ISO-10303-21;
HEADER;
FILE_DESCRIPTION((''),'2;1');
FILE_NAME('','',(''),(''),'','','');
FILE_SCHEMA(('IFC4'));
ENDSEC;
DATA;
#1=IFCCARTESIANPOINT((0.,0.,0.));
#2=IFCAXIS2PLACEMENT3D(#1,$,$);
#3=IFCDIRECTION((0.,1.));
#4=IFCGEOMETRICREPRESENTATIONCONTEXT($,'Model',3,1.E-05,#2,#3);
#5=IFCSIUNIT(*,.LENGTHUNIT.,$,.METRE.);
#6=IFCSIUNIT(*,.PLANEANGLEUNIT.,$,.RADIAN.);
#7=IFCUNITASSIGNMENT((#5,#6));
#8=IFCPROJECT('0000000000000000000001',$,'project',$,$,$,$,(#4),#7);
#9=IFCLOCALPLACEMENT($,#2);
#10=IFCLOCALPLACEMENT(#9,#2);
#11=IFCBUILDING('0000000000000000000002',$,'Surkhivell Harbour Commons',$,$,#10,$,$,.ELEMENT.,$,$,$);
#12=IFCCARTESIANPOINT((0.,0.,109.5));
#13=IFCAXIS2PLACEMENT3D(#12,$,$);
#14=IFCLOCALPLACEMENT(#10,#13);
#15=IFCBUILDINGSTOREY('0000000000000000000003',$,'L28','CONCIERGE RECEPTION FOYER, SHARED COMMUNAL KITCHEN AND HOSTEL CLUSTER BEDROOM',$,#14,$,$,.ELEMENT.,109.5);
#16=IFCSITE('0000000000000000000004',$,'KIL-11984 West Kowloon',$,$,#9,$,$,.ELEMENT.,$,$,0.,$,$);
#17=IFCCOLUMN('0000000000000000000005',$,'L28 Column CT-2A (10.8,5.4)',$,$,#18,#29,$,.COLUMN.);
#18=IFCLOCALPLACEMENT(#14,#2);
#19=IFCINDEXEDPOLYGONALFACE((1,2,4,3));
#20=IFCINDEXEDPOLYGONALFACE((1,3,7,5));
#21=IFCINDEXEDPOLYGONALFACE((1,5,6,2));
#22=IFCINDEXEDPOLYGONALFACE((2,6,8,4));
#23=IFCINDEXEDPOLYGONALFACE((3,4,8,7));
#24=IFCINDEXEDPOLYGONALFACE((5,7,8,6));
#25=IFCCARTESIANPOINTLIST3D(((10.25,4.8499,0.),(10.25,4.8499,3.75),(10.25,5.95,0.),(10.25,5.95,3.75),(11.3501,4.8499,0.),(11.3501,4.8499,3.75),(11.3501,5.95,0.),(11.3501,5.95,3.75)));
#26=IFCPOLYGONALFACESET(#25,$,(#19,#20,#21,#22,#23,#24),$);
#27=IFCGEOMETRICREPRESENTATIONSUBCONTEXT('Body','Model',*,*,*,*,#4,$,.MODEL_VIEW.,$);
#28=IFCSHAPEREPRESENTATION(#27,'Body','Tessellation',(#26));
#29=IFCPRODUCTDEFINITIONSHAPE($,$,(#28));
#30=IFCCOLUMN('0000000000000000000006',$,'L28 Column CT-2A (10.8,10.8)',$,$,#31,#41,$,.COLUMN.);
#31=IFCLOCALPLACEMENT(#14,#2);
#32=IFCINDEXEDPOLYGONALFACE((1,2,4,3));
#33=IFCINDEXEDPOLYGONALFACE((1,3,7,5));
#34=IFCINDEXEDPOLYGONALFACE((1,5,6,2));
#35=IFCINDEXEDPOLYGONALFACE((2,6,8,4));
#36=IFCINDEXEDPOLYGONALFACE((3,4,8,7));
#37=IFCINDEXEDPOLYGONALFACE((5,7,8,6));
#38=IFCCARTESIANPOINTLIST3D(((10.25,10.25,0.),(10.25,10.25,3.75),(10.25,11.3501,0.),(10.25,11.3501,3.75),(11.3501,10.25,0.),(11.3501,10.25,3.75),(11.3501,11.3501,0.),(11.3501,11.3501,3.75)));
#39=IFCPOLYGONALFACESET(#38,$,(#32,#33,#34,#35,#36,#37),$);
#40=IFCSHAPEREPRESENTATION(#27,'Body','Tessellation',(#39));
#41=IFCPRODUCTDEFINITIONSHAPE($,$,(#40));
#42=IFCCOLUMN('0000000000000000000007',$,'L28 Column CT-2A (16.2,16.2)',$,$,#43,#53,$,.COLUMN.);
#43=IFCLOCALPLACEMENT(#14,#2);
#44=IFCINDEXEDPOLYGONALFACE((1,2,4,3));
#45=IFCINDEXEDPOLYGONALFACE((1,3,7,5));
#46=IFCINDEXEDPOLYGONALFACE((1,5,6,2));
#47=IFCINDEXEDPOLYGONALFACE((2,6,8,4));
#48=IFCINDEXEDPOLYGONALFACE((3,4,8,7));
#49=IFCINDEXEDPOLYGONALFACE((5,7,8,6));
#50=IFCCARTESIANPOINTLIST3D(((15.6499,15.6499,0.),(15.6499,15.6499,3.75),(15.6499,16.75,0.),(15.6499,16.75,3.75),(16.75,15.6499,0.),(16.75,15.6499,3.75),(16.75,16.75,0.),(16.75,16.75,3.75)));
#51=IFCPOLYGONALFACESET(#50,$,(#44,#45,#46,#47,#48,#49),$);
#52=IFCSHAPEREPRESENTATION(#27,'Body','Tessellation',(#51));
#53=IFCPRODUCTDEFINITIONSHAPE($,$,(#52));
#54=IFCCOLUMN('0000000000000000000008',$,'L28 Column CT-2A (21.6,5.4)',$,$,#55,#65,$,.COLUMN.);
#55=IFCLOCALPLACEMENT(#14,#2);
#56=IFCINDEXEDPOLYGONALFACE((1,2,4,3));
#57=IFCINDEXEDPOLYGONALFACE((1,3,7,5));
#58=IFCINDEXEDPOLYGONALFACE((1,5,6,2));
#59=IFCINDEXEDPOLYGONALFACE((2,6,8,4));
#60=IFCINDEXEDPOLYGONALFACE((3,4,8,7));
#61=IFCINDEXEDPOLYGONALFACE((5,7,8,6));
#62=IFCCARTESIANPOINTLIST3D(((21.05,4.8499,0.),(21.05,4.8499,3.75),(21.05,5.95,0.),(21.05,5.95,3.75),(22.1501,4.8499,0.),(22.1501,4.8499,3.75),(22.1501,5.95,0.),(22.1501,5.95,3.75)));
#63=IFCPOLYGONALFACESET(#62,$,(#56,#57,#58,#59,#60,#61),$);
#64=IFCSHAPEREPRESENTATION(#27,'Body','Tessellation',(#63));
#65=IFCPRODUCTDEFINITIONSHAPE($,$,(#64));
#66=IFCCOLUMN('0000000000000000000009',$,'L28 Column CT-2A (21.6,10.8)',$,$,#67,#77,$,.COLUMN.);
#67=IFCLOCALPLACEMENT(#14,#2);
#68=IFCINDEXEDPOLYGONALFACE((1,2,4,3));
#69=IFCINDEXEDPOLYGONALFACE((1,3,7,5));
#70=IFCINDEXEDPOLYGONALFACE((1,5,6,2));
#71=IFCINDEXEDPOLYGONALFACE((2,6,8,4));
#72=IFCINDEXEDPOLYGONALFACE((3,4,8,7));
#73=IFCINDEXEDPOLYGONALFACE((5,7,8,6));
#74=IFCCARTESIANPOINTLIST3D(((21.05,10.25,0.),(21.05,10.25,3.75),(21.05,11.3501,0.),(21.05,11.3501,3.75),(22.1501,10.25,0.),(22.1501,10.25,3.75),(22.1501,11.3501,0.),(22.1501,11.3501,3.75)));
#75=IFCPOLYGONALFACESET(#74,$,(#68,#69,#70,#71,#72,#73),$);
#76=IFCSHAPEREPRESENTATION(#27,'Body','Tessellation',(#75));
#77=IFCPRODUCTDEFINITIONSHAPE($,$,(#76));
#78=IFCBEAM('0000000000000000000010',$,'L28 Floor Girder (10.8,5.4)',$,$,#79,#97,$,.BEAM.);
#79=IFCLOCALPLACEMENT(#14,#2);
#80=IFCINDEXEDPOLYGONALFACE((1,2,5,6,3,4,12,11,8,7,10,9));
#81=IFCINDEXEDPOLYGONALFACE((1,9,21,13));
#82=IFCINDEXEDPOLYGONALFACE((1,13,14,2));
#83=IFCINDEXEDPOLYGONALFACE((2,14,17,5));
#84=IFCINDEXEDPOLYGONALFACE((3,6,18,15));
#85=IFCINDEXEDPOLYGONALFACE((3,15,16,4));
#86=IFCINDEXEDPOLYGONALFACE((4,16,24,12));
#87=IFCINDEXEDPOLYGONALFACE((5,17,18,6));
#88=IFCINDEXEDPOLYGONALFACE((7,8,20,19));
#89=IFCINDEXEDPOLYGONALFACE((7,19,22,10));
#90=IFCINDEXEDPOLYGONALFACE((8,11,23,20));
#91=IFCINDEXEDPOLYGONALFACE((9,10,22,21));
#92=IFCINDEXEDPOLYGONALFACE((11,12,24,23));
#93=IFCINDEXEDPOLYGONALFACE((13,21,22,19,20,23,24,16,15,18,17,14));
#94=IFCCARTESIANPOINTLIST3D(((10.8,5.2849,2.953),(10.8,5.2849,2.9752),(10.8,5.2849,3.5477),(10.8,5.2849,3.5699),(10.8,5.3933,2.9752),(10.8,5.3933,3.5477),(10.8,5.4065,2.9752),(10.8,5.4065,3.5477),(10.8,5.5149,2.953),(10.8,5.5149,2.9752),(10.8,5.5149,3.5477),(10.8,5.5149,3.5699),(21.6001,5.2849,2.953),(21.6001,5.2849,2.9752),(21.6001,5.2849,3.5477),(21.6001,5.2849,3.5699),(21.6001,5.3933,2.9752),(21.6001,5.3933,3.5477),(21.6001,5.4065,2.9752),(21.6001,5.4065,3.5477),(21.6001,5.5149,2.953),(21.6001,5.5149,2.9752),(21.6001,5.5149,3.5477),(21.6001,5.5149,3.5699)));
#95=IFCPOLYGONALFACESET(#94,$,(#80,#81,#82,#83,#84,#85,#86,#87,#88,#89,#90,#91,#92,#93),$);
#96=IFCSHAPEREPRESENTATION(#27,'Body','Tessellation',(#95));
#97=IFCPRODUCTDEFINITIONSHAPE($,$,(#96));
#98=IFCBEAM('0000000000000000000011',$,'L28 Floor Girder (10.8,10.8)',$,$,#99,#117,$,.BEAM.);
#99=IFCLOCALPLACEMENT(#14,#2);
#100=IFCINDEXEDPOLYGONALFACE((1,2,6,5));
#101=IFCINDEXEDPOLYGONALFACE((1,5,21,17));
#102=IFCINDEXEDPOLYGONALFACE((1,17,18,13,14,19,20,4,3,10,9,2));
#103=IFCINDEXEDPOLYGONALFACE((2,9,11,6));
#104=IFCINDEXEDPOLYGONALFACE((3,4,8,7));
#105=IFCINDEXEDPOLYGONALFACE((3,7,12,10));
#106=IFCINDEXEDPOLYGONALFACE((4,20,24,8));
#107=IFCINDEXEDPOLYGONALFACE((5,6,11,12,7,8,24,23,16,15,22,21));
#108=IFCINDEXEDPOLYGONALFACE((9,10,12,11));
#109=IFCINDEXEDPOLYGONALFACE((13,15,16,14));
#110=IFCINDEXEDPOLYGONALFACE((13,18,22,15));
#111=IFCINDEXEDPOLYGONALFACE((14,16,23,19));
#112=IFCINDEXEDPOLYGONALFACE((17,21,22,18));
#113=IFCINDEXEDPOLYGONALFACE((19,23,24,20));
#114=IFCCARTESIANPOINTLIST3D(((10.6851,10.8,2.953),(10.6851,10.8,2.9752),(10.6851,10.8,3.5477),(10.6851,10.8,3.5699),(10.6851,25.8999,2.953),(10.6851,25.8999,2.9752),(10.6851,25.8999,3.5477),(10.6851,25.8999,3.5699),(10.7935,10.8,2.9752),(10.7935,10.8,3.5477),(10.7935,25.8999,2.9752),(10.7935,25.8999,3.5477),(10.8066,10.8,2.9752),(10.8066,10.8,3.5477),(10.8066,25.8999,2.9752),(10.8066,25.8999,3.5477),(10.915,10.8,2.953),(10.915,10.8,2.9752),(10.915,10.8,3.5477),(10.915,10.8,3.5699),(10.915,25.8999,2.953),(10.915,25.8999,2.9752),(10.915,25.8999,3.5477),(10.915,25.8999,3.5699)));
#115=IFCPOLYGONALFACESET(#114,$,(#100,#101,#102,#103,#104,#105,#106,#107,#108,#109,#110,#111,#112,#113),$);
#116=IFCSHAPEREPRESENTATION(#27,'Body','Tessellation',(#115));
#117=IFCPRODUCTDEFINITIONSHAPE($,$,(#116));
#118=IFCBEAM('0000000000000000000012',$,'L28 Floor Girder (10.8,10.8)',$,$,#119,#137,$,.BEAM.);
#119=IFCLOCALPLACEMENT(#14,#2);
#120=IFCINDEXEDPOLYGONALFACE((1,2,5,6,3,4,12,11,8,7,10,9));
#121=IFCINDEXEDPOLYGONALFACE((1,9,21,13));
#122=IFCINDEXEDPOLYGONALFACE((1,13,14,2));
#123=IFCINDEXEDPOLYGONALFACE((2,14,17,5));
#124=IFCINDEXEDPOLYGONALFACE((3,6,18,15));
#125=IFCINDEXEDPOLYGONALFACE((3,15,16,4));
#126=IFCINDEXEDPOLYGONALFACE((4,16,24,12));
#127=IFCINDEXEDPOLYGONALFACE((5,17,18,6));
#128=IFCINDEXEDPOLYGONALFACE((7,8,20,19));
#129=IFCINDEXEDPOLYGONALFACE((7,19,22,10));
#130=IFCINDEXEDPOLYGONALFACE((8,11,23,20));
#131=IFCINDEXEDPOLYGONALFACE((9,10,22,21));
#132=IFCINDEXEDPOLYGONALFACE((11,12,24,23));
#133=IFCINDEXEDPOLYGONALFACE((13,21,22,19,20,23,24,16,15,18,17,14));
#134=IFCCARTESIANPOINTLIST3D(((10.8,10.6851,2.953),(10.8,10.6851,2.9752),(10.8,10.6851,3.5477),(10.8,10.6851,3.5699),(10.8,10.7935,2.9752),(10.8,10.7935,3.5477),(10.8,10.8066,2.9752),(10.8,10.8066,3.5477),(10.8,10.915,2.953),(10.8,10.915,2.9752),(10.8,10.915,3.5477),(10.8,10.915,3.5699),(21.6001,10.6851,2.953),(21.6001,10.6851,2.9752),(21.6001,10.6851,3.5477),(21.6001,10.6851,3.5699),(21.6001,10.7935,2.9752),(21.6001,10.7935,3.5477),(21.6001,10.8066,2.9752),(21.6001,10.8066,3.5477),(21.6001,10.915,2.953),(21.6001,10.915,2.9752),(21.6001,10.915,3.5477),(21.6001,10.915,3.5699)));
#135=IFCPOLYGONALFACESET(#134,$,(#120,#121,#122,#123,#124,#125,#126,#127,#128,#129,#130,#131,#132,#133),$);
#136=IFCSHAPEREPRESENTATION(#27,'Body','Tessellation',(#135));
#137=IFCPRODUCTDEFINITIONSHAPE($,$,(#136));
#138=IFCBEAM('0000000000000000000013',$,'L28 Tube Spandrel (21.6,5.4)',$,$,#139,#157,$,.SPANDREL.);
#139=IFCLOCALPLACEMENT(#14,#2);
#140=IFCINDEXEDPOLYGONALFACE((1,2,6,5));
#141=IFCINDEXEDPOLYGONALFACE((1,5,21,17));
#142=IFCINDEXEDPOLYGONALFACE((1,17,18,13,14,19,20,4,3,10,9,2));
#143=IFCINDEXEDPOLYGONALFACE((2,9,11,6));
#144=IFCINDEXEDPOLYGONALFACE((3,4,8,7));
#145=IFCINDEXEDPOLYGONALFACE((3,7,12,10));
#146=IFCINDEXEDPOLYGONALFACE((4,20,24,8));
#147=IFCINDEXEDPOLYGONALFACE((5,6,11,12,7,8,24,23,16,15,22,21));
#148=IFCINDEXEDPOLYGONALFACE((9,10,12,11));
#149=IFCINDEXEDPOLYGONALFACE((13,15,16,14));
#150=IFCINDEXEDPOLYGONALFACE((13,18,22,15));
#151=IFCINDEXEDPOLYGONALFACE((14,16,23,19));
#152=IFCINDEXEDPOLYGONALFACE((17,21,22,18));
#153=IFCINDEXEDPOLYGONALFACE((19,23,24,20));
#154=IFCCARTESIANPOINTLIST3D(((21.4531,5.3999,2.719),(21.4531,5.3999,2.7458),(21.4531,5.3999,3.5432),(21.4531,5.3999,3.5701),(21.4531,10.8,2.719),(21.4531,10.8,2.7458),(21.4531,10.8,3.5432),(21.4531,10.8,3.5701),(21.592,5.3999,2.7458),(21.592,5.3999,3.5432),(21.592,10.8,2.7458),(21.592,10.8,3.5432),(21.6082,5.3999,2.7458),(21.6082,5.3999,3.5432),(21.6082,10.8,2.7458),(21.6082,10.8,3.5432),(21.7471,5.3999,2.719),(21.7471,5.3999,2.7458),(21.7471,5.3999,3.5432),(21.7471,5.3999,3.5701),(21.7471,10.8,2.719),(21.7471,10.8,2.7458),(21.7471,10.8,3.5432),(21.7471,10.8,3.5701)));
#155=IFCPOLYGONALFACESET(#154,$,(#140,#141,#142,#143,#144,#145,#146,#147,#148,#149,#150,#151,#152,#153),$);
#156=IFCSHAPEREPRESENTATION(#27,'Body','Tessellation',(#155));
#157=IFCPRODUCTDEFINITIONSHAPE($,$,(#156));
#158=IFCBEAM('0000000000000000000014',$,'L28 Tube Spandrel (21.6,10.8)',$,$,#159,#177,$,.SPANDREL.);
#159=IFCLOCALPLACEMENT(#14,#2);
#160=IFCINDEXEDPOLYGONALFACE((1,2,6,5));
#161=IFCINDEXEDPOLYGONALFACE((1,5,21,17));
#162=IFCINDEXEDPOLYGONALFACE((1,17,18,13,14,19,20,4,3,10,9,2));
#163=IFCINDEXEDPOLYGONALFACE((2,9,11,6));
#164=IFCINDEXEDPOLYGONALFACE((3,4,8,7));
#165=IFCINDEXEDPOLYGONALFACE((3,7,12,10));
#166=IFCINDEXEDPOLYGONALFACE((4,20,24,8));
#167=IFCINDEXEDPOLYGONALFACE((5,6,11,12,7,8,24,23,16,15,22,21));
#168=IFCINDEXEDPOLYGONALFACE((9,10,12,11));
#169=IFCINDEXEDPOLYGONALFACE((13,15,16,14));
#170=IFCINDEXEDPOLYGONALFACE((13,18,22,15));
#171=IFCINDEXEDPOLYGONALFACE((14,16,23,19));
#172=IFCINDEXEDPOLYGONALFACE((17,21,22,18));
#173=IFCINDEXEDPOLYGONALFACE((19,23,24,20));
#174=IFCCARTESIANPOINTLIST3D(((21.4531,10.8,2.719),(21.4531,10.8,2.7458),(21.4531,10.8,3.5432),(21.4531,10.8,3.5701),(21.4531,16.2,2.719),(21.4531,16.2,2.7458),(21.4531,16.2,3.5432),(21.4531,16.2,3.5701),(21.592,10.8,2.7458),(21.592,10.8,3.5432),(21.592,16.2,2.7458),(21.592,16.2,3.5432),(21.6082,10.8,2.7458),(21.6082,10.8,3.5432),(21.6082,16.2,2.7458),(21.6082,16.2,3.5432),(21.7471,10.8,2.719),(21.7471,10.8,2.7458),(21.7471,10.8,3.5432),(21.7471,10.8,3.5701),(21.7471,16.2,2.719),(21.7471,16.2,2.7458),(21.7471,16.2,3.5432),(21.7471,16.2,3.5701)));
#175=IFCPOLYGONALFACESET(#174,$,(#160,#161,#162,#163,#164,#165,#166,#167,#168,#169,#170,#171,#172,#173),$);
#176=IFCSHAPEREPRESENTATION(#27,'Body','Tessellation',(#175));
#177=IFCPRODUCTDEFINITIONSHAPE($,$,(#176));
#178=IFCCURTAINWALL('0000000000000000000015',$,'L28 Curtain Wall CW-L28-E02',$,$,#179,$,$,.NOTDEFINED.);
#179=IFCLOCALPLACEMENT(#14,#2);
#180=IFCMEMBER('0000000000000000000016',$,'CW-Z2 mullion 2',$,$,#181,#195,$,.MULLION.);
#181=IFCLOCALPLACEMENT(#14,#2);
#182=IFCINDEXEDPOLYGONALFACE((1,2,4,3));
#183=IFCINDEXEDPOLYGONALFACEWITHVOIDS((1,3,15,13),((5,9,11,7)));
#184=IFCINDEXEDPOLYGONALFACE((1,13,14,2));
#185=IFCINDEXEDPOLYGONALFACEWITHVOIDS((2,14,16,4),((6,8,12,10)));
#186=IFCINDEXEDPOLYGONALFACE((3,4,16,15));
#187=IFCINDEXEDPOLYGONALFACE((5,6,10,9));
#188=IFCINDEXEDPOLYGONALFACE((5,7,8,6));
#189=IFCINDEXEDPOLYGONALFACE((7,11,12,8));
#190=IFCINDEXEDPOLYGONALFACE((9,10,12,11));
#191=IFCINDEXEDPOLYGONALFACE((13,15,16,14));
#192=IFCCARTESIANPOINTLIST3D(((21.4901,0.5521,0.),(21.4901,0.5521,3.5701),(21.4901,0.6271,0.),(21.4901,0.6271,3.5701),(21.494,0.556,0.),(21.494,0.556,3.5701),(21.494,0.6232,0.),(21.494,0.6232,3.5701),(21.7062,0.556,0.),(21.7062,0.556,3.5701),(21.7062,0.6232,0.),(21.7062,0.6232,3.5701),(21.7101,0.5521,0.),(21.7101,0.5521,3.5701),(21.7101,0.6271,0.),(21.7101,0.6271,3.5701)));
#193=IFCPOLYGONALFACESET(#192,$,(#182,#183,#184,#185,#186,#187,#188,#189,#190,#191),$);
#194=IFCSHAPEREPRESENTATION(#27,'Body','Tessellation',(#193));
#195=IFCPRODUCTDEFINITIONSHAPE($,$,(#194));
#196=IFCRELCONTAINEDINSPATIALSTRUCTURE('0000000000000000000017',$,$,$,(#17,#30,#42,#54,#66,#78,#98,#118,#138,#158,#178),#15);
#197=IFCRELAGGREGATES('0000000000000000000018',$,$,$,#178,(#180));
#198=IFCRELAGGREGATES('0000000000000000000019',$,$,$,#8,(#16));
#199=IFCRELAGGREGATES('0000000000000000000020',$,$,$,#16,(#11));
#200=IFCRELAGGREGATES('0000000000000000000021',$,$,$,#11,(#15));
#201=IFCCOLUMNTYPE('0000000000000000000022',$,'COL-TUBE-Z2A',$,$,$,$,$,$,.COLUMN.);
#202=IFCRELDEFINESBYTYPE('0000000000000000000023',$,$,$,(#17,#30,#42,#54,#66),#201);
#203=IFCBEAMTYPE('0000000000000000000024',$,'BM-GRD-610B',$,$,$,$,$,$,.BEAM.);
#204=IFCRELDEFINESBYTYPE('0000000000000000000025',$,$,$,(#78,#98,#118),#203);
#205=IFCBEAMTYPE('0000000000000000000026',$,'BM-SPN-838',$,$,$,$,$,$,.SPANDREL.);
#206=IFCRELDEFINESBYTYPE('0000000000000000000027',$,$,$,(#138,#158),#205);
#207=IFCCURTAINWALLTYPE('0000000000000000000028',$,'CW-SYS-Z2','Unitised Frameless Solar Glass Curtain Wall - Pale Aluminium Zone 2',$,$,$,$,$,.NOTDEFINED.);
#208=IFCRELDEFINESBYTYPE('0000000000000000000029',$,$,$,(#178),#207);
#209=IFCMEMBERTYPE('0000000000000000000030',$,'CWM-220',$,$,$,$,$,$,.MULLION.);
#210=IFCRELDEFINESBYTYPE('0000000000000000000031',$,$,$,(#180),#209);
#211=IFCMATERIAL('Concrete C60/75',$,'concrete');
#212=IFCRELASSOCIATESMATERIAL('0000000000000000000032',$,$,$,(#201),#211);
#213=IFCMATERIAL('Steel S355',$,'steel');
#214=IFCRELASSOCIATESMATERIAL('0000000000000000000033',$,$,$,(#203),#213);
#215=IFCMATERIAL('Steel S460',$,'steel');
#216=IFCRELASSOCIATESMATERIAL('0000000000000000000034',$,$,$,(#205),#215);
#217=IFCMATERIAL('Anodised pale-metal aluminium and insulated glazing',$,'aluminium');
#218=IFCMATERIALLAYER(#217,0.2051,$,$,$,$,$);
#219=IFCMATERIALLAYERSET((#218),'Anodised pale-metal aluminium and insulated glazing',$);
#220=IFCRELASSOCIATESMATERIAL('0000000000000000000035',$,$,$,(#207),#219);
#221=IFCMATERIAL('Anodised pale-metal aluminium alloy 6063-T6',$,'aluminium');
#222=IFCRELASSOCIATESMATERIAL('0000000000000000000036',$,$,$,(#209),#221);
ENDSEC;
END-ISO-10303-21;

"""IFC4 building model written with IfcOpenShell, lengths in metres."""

from ifc_helpers import new_model, si_unit, direction, frame, origin, origin_2d, place, context, subcontext, project, spatial, rectangle, hollow_rectangle, i_section, extrude, material, layer, layer_set, material_profile, profile_set, type_object, element, aggregate, save


model = new_model("IFC4")

# Units and contexts
model_context = context("Model", 3, precision=1e-05, world=origin(), true_north=direction((0.0, 1.0)))
body_context = subcontext(model_context, "Body", "Model", "MODEL_VIEW")
ifc_project = project(units=[si_unit("LENGTHUNIT", "METRE"), si_unit("PLANEANGLEUNIT", "RADIAN")], contexts=[model_context])

# Site, building, storey
site_placement = place(None, origin())
site = spatial("IfcSite", under=ifc_project, at=site_placement, Name="KIL-11984 West Kowloon", CompositionType="ELEMENT", RefElevation=0.0)
building_placement = place(site_placement, origin())
building = spatial("IfcBuilding", under=site, at=building_placement, Name="Surkhivell Harbour Commons", CompositionType="ELEMENT")
storey_placement = place(building_placement, frame((0.0, 0.0, 109.5)))
storey = spatial("IfcBuildingStorey", under=building, at=storey_placement, Name="L28", Description="CONCIERGE RECEPTION FOYER, SHARED COMMUNAL KITCHEN AND HOSTEL CLUSTER BEDROOM", CompositionType="ELEMENT", Elevation=109.5)

# Columns
ifc_material_1 = material(Name="Concrete C60/75", Category="concrete")
ifc_material_profile_1 = material_profile(ifc_material_1, rectangle(XDim=1.1001, YDim=1.1001, at=origin_2d()), Name="RC-COL-1100x1100")
ifc_profile_set_1 = profile_set([ifc_material_profile_1], Name="Concrete C60/75")
column_type = type_object("IfcColumnType", Name="COL-TUBE-Z2A", PredefinedType="COLUMN", material=ifc_profile_set_1)
for number, where, z_axis, x_axis, name in (
    (1, (10.8, 5.3999, 0.0), (0.0, 0.0, 1.0), (1.0, 0.0, 0.0), "L28 Column CT-2A (10.8,5.4)"),
    (2, (10.8, 10.8, 0.0), (0.0, 0.0, 1.0), (1.0, 0.0, 0.0), "L28 Column CT-2A (10.8,10.8)"),
    (3, (16.2, 16.2, 0.0), (0.0, 0.0, 1.0), (1.0, 0.0, 0.0), "L28 Column CT-2A (16.2,16.2)"),
    (4, (21.6001, 5.3999, 0.0), (0.0, 0.0, 1.0), (1.0, 0.0, 0.0), "L28 Column CT-2A (21.6,5.4)"),
    (5, (21.6001, 10.8, 0.0), (0.0, 0.0, 1.0), (1.0, 0.0, 0.0), "L28 Column CT-2A (21.6,10.8)"),
):
    element("IfcColumn", number, at=place(storey_placement, frame(where, z_axis=z_axis, x_axis=x_axis)), inside=storey, type_object=column_type, Name=name, PredefinedType="COLUMN", context=body_context, shape_type="SweptSolid", body=[
        extrude(rectangle(XDim=1.1001, YDim=1.1001, at=origin_2d()), origin(), (0.0, 0.0, 1.0), 3.75),
    ])

# Beams
ifc_material_2 = material(Name="Steel S355", Category="steel")
ifc_material_profile_2 = material_profile(ifc_material_2, i_section(OverallWidth=0.23, OverallDepth=0.6169, WebThickness=0.0132, FlangeThickness=0.0222, at=origin_2d()), Name="UB610x229x140")
ifc_profile_set_2 = profile_set([ifc_material_profile_2], Name="Steel S355")
beam_type_1 = type_object("IfcBeamType", Name="BM-GRD-610B", PredefinedType="BEAM", material=ifc_profile_set_2)
beam_1_placement = place(storey_placement, frame((10.8, 5.3999, 3.2615), z_axis=(1.0, 0.0, 0.0), x_axis=(0.0, 1.0, 0.0)))
element("IfcBeam", 6, at=beam_1_placement, inside=storey, type_object=beam_type_1, Name="L28 Floor Girder (10.8,5.4)", PredefinedType="BEAM", context=body_context, shape_type="SweptSolid", body=[
    extrude(i_section(OverallWidth=0.23, OverallDepth=0.6169, WebThickness=0.0132, FlangeThickness=0.0222, at=origin_2d()), origin(), (0.0, 0.0, 1.0), 10.8),
])
beam_2_placement = place(storey_placement, frame((10.8, 10.8, 3.2615), z_axis=(0.0, 1.0, 0.0), x_axis=(-1.0, 0.0, 0.0)))
element("IfcBeam", 7, at=beam_2_placement, inside=storey, type_object=beam_type_1, Name="L28 Floor Girder (10.8,10.8)", PredefinedType="BEAM", context=body_context, shape_type="SweptSolid", body=[
    extrude(i_section(OverallWidth=0.23, OverallDepth=0.6169, WebThickness=0.0132, FlangeThickness=0.0222, at=origin_2d()), origin(), (0.0, 0.0, 1.0), 15.0999),
])
beam_3_placement = place(storey_placement, frame((10.8, 10.8, 3.2615), z_axis=(1.0, 0.0, 0.0), x_axis=(0.0, 1.0, 0.0)))
element("IfcBeam", 8, at=beam_3_placement, inside=storey, type_object=beam_type_1, Name="L28 Floor Girder (10.8,10.8)", PredefinedType="BEAM", context=body_context, shape_type="SweptSolid", body=[
    extrude(i_section(OverallWidth=0.23, OverallDepth=0.6169, WebThickness=0.0132, FlangeThickness=0.0222, at=origin_2d()), origin(), (0.0, 0.0, 1.0), 10.8),
])
ifc_material_3 = material(Name="Steel S460", Category="steel")
ifc_material_profile_3 = material_profile(ifc_material_3, i_section(OverallWidth=0.2939, OverallDepth=0.8511, WebThickness=0.0161, FlangeThickness=0.0269, at=origin_2d()), Name="UB838x292x226")
ifc_profile_set_3 = profile_set([ifc_material_profile_3], Name="Steel S460")
beam_type_2 = type_object("IfcBeamType", Name="BM-SPN-838", PredefinedType="SPANDREL", material=ifc_profile_set_3)
beam_4_placement = place(storey_placement, frame((21.6001, 5.3999, 3.1445), z_axis=(0.0, 1.0, 0.0), x_axis=(-1.0, 0.0, 0.0)))
element("IfcBeam", 9, at=beam_4_placement, inside=storey, type_object=beam_type_2, Name="L28 Tube Spandrel (21.6,5.4)", PredefinedType="SPANDREL", context=body_context, shape_type="SweptSolid", body=[
    extrude(i_section(OverallWidth=0.2939, OverallDepth=0.8511, WebThickness=0.0161, FlangeThickness=0.0269, at=origin_2d()), origin(), (0.0, 0.0, 1.0), 5.4001),
])
beam_5_placement = place(storey_placement, frame((21.6001, 10.8, 3.1445), z_axis=(0.0, 1.0, 0.0), x_axis=(-1.0, 0.0, 0.0)))
element("IfcBeam", 10, at=beam_5_placement, inside=storey, type_object=beam_type_2, Name="L28 Tube Spandrel (21.6,10.8)", PredefinedType="SPANDREL", context=body_context, shape_type="SweptSolid", body=[
    extrude(i_section(OverallWidth=0.2939, OverallDepth=0.8511, WebThickness=0.0161, FlangeThickness=0.0269, at=origin_2d()), origin(), (0.0, 0.0, 1.0), 5.3999),
])

# Curtain wall, member
ifc_material_4 = material(Name="Anodised pale-metal aluminium and insulated glazing", Category="aluminium")
ifc_layer_1 = layer(ifc_material_4, 0.2051)
ifc_layer_set_1 = layer_set([ifc_layer_1], Name="Anodised pale-metal aluminium and insulated glazing")
curtain_wall_type = type_object("IfcCurtainWallType", Name="CW-SYS-Z2", Description="Unitised Frameless Solar Glass Curtain Wall - Pale Aluminium Zone 2", PredefinedType="NOTDEFINED", material=ifc_layer_set_1)
curtain_wall_placement = place(storey_placement, origin())
curtain_wall = element("IfcCurtainWall", 11, at=curtain_wall_placement, inside=storey, type_object=curtain_wall_type, Name="L28 Curtain Wall CW-L28-E02", PredefinedType="NOTDEFINED")
ifc_material_5 = material(Name="Anodised pale-metal aluminium alloy 6063-T6", Category="aluminium")
ifc_material_profile_4 = material_profile(ifc_material_5, hollow_rectangle(XDim=0.075, YDim=0.22, WallThickness=0.0039, at=origin_2d()), Name="ALU-MULL-75x220")
ifc_profile_set_4 = profile_set([ifc_material_profile_4], Name="Anodised pale-metal aluminium alloy 6063-T6")
member_type_1 = type_object("IfcMemberType", Name="CWM-220", PredefinedType="MULLION", material=ifc_profile_set_4)
member_1_placement = place(storey_placement, frame((21.6001, 0.5896, 0.0), z_axis=(0.0, 0.0, 1.0), x_axis=(0.0, 1.0, 0.0)))
member_1 = element("IfcMember", 12, at=member_1_placement, type_object=member_type_1, Name="CW-Z2 mullion 2", PredefinedType="MULLION", context=body_context, shape_type="SweptSolid", body=[
    extrude(hollow_rectangle(XDim=0.075, YDim=0.22, WallThickness=0.0039, at=origin_2d()), origin(), (0.0, 0.0, 1.0), 3.5701),
])
aggregate(curtain_wall, [member_1])

save(model, "model.ifc")
